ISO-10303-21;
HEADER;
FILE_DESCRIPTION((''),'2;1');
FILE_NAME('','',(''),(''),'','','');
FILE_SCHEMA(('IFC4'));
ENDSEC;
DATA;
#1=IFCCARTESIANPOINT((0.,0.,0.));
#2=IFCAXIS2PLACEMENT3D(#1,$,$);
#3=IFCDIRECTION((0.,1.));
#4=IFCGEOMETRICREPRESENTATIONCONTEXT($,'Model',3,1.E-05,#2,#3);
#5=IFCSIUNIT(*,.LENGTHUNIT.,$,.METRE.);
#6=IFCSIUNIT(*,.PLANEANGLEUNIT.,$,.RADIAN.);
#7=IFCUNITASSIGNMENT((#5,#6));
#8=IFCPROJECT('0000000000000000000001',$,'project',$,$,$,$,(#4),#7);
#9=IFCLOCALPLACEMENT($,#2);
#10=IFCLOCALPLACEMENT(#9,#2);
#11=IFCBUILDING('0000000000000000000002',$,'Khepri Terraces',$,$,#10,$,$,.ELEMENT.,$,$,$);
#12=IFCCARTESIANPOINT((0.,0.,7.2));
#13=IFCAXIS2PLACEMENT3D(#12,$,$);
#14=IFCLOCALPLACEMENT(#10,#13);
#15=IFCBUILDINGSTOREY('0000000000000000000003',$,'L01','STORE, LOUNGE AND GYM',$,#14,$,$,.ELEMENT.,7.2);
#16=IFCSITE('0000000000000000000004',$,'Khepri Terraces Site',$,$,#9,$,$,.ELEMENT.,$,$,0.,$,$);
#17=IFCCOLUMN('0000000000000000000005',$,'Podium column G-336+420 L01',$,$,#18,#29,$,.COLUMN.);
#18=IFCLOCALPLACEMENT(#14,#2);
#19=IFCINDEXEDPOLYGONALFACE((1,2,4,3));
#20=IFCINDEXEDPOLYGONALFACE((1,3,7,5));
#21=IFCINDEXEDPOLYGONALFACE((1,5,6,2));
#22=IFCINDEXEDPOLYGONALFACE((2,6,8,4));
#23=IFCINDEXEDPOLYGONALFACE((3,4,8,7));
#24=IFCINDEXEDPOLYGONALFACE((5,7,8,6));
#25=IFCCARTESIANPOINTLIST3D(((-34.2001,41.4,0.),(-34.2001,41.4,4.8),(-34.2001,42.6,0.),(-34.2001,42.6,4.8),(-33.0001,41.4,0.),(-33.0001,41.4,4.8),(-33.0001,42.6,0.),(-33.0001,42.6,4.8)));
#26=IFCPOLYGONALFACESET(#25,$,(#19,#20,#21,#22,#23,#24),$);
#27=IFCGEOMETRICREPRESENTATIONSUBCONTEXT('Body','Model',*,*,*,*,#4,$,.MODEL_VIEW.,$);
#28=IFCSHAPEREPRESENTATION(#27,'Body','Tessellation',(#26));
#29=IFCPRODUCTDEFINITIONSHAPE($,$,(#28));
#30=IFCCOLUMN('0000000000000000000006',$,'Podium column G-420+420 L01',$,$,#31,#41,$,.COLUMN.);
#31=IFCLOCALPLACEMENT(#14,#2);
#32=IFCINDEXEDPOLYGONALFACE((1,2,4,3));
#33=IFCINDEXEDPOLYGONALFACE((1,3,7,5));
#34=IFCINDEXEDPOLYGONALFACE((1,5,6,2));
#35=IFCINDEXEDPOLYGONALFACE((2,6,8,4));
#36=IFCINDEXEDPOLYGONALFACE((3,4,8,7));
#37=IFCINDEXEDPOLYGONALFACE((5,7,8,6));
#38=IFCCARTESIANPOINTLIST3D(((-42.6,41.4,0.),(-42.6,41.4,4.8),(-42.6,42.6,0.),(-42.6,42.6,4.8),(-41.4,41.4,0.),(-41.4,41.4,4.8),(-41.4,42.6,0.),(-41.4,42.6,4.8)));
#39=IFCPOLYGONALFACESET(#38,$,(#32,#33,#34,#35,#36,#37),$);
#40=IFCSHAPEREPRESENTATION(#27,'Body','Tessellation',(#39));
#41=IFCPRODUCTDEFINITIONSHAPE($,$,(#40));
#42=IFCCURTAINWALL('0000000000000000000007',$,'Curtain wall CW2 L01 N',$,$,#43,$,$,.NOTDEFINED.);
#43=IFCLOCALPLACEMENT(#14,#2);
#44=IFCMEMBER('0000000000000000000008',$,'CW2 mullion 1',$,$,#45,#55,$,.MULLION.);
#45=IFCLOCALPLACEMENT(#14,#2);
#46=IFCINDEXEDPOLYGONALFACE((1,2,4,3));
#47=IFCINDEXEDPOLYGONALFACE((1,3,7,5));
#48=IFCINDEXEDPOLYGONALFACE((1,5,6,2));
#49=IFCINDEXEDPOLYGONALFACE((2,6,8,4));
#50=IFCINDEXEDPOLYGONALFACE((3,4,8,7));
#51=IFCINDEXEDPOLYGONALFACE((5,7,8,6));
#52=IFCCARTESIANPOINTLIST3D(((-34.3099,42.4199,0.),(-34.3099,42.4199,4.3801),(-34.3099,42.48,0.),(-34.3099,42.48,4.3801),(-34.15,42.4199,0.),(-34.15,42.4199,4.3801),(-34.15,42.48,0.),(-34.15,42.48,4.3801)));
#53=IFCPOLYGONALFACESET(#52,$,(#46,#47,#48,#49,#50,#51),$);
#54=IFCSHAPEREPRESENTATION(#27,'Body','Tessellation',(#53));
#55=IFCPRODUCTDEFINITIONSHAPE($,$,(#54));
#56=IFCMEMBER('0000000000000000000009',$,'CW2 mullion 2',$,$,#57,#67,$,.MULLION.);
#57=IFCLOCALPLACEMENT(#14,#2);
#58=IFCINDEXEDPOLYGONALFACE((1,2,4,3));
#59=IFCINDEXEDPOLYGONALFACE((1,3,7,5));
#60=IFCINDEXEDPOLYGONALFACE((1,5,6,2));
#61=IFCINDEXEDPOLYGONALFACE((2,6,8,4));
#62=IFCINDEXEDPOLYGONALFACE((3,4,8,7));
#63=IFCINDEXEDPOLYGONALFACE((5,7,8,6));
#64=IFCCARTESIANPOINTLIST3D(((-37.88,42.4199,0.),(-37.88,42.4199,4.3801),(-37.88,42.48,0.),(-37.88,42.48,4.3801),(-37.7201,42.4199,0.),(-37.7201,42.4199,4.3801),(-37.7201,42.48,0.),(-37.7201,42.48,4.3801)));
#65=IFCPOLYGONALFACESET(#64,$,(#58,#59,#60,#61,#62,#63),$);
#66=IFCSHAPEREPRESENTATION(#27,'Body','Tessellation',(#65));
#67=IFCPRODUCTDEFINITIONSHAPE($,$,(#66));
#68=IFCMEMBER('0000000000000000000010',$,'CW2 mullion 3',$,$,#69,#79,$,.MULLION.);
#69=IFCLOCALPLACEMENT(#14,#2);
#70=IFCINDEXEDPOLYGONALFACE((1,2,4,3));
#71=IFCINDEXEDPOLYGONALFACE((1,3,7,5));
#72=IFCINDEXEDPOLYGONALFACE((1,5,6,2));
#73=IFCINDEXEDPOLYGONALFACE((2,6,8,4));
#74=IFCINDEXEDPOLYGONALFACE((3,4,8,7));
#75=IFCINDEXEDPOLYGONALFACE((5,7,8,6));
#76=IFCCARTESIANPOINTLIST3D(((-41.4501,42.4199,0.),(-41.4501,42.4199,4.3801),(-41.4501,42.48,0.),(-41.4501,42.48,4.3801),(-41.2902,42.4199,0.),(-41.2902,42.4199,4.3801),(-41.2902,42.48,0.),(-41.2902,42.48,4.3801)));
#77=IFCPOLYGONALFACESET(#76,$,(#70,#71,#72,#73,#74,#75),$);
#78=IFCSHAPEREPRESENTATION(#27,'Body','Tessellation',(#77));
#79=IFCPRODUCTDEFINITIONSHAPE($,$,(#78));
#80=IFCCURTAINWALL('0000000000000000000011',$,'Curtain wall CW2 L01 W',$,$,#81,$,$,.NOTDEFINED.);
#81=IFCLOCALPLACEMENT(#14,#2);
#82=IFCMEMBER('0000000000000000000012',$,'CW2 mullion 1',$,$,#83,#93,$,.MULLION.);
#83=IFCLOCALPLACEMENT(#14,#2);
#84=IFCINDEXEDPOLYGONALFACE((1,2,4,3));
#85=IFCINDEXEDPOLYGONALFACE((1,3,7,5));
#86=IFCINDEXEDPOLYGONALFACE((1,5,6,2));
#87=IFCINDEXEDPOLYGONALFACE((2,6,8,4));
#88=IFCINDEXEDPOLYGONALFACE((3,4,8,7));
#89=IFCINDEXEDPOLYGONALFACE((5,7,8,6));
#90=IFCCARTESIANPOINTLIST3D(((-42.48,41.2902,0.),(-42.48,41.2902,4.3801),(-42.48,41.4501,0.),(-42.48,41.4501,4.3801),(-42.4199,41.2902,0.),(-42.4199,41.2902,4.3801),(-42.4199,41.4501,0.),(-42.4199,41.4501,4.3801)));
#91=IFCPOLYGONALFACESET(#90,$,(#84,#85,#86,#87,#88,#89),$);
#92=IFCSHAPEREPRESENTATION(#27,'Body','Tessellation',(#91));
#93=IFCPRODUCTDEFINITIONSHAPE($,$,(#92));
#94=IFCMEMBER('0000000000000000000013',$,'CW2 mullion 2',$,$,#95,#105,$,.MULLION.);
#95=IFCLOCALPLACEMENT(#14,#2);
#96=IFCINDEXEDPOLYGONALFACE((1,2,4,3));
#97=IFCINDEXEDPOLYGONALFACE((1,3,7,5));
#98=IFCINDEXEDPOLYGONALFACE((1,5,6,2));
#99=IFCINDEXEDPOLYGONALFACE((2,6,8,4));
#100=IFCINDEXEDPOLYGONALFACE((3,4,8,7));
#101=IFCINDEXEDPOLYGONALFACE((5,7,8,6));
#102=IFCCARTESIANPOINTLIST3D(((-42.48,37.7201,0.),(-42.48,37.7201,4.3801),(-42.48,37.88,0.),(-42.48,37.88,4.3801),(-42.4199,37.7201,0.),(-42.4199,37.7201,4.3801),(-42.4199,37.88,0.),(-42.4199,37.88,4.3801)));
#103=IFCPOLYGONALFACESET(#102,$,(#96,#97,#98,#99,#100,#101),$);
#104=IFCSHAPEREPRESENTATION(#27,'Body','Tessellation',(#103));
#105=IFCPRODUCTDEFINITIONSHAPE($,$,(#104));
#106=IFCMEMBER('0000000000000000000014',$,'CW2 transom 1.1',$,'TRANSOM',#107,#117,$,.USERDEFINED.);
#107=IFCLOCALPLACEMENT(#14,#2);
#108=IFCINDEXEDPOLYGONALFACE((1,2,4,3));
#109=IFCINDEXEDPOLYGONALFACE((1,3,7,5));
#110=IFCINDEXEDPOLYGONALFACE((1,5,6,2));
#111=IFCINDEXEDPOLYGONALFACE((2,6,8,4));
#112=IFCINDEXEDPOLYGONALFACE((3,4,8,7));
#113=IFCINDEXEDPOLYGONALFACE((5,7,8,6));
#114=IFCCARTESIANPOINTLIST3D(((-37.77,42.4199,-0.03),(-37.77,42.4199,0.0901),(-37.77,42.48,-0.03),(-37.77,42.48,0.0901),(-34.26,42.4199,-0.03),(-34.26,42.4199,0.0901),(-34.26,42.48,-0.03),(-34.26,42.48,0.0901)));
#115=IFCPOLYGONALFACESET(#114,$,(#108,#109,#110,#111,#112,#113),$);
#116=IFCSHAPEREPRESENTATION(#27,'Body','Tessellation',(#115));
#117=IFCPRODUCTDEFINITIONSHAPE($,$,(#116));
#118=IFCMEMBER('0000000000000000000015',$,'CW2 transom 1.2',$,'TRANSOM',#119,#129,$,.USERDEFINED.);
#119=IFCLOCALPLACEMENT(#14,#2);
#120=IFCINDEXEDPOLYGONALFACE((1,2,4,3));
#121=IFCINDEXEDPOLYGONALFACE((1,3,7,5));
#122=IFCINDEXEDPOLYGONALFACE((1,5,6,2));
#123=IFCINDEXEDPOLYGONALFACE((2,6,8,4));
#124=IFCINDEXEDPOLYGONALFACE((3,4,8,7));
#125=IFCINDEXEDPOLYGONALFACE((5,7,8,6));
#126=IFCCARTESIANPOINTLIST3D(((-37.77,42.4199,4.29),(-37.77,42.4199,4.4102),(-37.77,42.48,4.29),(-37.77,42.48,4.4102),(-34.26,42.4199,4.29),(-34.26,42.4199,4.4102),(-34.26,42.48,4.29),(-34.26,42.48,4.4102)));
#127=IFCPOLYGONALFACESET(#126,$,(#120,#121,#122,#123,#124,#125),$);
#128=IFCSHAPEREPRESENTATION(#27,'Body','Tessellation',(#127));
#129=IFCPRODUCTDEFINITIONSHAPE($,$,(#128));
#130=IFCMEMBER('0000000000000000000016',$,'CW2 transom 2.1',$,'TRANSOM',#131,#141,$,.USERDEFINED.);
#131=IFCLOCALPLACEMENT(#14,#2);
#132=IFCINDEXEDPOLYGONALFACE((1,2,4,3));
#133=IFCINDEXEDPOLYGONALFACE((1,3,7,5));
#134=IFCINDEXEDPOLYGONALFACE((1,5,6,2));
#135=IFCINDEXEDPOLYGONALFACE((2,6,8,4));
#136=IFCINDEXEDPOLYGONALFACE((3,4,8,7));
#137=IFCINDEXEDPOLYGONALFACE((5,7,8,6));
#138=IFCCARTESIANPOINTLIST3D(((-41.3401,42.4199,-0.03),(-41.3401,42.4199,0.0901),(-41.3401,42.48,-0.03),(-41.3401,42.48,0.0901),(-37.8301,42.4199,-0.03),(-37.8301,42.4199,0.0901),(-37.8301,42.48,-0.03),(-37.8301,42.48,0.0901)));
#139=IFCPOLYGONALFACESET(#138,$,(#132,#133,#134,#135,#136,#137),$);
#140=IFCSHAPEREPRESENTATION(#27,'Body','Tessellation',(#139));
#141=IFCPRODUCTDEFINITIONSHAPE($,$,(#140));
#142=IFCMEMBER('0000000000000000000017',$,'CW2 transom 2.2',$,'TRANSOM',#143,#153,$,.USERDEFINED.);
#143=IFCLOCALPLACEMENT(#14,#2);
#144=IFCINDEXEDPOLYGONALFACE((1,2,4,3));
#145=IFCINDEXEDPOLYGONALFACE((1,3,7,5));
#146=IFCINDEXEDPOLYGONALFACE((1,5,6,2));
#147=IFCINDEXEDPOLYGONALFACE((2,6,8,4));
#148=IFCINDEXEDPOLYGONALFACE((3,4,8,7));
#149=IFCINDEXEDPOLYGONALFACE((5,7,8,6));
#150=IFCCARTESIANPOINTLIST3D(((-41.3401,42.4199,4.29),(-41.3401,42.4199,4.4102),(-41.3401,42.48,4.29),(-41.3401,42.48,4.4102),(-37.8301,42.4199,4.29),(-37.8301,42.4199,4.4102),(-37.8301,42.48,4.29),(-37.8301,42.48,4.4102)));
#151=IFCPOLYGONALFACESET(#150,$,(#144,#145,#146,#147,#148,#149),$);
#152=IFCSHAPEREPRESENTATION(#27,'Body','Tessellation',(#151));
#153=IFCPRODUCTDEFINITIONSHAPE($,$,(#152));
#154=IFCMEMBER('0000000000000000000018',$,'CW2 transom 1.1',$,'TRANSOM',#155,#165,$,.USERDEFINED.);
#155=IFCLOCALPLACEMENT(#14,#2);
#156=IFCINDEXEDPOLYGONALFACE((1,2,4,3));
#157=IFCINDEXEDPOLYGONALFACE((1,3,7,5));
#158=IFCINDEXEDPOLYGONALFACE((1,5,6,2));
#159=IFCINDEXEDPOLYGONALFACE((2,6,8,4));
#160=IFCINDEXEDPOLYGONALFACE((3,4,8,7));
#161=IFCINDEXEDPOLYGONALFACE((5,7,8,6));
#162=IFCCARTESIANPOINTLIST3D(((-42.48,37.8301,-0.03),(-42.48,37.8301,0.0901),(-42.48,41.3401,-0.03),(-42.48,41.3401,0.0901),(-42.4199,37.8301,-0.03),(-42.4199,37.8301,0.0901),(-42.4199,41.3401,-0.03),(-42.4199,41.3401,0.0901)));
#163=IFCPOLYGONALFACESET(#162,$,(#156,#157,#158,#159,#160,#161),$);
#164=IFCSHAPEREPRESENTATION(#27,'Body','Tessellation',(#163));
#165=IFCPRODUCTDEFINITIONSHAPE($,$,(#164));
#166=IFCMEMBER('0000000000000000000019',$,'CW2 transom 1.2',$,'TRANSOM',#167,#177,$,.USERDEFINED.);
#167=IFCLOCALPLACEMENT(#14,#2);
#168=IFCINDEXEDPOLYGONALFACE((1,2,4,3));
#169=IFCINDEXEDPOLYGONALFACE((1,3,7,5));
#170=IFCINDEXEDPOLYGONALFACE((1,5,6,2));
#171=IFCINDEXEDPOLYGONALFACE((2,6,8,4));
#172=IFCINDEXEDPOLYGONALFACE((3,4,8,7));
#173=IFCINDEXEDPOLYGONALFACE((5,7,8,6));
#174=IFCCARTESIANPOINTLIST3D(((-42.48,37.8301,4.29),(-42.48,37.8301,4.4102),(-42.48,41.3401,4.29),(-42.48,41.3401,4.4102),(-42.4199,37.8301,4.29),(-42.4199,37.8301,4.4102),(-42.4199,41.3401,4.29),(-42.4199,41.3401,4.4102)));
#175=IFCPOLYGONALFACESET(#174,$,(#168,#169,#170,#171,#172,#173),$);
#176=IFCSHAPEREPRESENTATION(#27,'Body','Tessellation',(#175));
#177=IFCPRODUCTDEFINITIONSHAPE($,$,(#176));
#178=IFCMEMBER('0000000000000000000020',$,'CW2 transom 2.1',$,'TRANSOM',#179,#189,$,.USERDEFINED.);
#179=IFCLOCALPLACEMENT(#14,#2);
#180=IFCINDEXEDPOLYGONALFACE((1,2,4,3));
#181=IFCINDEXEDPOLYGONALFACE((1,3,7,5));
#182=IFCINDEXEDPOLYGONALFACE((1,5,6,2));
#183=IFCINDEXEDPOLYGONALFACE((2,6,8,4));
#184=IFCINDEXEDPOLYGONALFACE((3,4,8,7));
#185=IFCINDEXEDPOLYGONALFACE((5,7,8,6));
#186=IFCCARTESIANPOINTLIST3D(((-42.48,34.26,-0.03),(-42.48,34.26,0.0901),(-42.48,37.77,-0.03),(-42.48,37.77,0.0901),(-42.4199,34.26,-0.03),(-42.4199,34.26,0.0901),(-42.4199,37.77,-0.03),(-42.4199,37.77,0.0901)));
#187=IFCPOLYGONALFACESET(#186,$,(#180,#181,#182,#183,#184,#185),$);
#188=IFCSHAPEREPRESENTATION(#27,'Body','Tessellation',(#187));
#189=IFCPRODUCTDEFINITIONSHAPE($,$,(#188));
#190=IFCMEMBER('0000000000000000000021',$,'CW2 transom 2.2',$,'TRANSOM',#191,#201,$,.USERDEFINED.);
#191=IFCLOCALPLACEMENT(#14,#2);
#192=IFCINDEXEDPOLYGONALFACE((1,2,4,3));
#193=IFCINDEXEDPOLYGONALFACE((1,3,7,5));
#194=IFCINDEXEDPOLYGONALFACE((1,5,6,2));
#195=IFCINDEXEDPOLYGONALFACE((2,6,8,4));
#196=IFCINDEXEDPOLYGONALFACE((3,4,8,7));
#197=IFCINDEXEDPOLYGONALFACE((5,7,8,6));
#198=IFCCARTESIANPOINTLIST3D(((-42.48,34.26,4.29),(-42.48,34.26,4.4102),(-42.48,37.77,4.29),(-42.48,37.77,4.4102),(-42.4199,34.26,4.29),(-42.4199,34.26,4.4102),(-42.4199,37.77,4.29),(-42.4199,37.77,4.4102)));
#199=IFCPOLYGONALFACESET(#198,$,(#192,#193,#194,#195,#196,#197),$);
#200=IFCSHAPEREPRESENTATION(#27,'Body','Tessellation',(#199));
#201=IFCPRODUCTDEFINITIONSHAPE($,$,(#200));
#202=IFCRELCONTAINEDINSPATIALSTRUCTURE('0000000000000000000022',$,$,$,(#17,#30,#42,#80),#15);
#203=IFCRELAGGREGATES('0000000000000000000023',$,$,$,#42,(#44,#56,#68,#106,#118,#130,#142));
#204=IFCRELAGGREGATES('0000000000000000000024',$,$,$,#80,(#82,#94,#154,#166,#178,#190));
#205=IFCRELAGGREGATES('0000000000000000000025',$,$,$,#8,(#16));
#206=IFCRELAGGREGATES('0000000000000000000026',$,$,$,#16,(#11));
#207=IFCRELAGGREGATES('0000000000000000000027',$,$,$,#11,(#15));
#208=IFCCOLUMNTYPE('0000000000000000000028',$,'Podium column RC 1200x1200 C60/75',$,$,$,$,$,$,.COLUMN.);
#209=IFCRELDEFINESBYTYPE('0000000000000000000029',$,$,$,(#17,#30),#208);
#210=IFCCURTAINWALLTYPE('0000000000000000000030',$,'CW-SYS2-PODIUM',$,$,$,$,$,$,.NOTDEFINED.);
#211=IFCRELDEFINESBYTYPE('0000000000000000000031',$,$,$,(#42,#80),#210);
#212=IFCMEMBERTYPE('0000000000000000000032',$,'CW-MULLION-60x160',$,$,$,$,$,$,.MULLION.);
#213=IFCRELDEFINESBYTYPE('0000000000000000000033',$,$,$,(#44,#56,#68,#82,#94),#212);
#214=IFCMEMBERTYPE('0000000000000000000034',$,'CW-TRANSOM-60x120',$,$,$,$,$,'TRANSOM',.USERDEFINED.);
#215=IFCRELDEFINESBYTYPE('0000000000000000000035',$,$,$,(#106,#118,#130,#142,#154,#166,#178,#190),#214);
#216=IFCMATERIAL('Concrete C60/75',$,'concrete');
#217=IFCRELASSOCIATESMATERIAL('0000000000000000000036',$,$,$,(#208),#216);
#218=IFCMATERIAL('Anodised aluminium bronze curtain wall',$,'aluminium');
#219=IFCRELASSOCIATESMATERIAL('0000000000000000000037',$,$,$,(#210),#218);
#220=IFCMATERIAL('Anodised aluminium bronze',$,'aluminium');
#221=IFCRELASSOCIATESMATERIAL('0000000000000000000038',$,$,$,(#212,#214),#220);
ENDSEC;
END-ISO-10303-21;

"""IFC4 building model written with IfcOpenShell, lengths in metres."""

from ifc_helpers import new_model, si_unit, direction, frame, origin, origin_2d, place, context, subcontext, project, spatial, rectangle, extrude, material, material_profile, profile_set, type_object, element, aggregate, save


model = new_model("IFC4")

# Units and contexts
model_context = context("Model", 3, precision=1e-05, world=origin(), true_north=direction((0.0, 1.0)))
body_context = subcontext(model_context, "Body", "Model", "MODEL_VIEW")
ifc_project = project(units=[si_unit("LENGTHUNIT", "METRE"), si_unit("PLANEANGLEUNIT", "RADIAN")], contexts=[model_context])

# Site, building, storey
site_placement = place(None, origin())
site = spatial("IfcSite", under=ifc_project, at=site_placement, Name="Khepri Terraces Site", CompositionType="ELEMENT", RefElevation=0.0)
building_placement = place(site_placement, origin())
building = spatial("IfcBuilding", under=site, at=building_placement, Name="Khepri Terraces", CompositionType="ELEMENT")
storey_placement = place(building_placement, frame((0.0, 0.0, 7.2)))
storey = spatial("IfcBuildingStorey", under=building, at=storey_placement, Name="L01", Description="STORE, LOUNGE AND GYM", CompositionType="ELEMENT", Elevation=7.2)

# Columns
ifc_material_1 = material(Name="Concrete C60/75", Category="concrete")
ifc_material_profile_1 = material_profile(ifc_material_1, rectangle(XDim=1.2, YDim=1.2, at=origin_2d()), Name="Concrete C60/75", Category="concrete")
ifc_profile_set_1 = profile_set([ifc_material_profile_1], Name="Concrete C60/75")
column_type = type_object("IfcColumnType", Name="Podium column RC 1200x1200 C60/75", PredefinedType="COLUMN", material=ifc_profile_set_1)
for number, where, z_axis, x_axis, name in (
    (1, (-33.6001, 42.0, 0.0), (0.0, 0.0, 1.0), (1.0, 0.0, 0.0), "Podium column G-336+420 L01"),
    (2, (-42.0, 42.0, 0.0), (0.0, 0.0, 1.0), (1.0, 0.0, 0.0), "Podium column G-420+420 L01"),
):
    element("IfcColumn", number, at=place(storey_placement, frame(where, z_axis=z_axis, x_axis=x_axis)), inside=storey, type_object=column_type, Name=name, PredefinedType="COLUMN", context=body_context, shape_type="SweptSolid", body=[
        extrude(rectangle(XDim=1.2, YDim=1.2, at=origin_2d()), origin(), (0.0, 0.0, 1.0), 4.8),
    ])

# Curtain walls, members
ifc_material_2 = material(Name="Anodised aluminium bronze curtain wall", Category="aluminium")
curtain_wall_type = type_object("IfcCurtainWallType", Name="CW-SYS2-PODIUM", PredefinedType="NOTDEFINED", material=ifc_material_2)
curtain_wall_1_placement = place(storey_placement, origin())
curtain_wall_1 = element("IfcCurtainWall", 3, at=curtain_wall_1_placement, inside=storey, type_object=curtain_wall_type, Name="Curtain wall CW2 L01 N", PredefinedType="NOTDEFINED")
ifc_material_3 = material(Name="Anodised aluminium bronze", Category="aluminium")
ifc_material_profile_2 = material_profile(ifc_material_3, rectangle(XDim=0.0601, YDim=0.1599, at=origin_2d()), Name="Anodised aluminium bronze", Category="aluminium")
ifc_profile_set_2 = profile_set([ifc_material_profile_2], Name="Anodised aluminium bronze")
member_type_1 = type_object("IfcMemberType", Name="CW-MULLION-60x160", PredefinedType="MULLION", material=ifc_profile_set_2)
member_1_placement = place(storey_placement, frame((-34.23, 42.45, 0.0), z_axis=(0.0, 0.0, 1.0), x_axis=(0.0, -1.0, 0.0)))
member_1 = element("IfcMember", 4, at=member_1_placement, type_object=member_type_1, Name="CW2 mullion 1", PredefinedType="MULLION", context=body_context, shape_type="SweptSolid", body=[
    extrude(rectangle(XDim=0.0601, YDim=0.1599, at=origin_2d()), origin(), (0.0, 0.0, 1.0), 4.3801),
])
member_2_placement = place(storey_placement, frame((-37.8, 42.45, 0.0), z_axis=(0.0, 0.0, 1.0), x_axis=(0.0, -1.0, 0.0)))
member_2 = element("IfcMember", 5, at=member_2_placement, type_object=member_type_1, Name="CW2 mullion 2", PredefinedType="MULLION", context=body_context, shape_type="SweptSolid", body=[
    extrude(rectangle(XDim=0.0601, YDim=0.1599, at=origin_2d()), origin(), (0.0, 0.0, 1.0), 4.3801),
])
member_3_placement = place(storey_placement, frame((-41.3701, 42.45, 0.0), z_axis=(0.0, 0.0, 1.0), x_axis=(0.0, -1.0, 0.0)))
member_3 = element("IfcMember", 6, at=member_3_placement, type_object=member_type_1, Name="CW2 mullion 3", PredefinedType="MULLION", context=body_context, shape_type="SweptSolid", body=[
    extrude(rectangle(XDim=0.0601, YDim=0.1599, at=origin_2d()), origin(), (0.0, 0.0, 1.0), 4.3801),
])
curtain_wall_2_placement = place(storey_placement, origin())
curtain_wall_2 = element("IfcCurtainWall", 7, at=curtain_wall_2_placement, inside=storey, type_object=curtain_wall_type, Name="Curtain wall CW2 L01 W", PredefinedType="NOTDEFINED")
member_4_placement = place(storey_placement, frame((-42.45, 41.3701, 0.0), z_axis=(0.0, 0.0, 1.0), x_axis=(1.0, 0.0, 0.0)))
member_4 = element("IfcMember", 8, at=member_4_placement, type_object=member_type_1, Name="CW2 mullion 1", PredefinedType="MULLION", context=body_context, shape_type="SweptSolid", body=[
    extrude(rectangle(XDim=0.0601, YDim=0.1599, at=origin_2d()), origin(), (0.0, 0.0, 1.0), 4.3801),
])
member_5_placement = place(storey_placement, frame((-42.45, 37.8, 0.0), z_axis=(0.0, 0.0, 1.0), x_axis=(1.0, 0.0, 0.0)))
member_5 = element("IfcMember", 9, at=member_5_placement, type_object=member_type_1, Name="CW2 mullion 2", PredefinedType="MULLION", context=body_context, shape_type="SweptSolid", body=[
    extrude(rectangle(XDim=0.0601, YDim=0.1599, at=origin_2d()), origin(), (0.0, 0.0, 1.0), 4.3801),
])

# Members
ifc_material_profile_3 = material_profile(ifc_material_3, rectangle(XDim=0.0601, YDim=0.1201, at=origin_2d()), Name="Anodised aluminium bronze", Category="aluminium")
ifc_profile_set_3 = profile_set([ifc_material_profile_3], Name="Anodised aluminium bronze")
member_type_2 = type_object("IfcMemberType", Name="CW-TRANSOM-60x120", ElementType="TRANSOM", PredefinedType="USERDEFINED", material=ifc_profile_set_3)
member_6_placement = place(storey_placement, frame((-34.26, 42.45, 0.03), z_axis=(-1.0, 0.0, 0.0), x_axis=(0.0, -1.0, 0.0)))
member_6 = element("IfcMember", 10, at=member_6_placement, type_object=member_type_2, Name="CW2 transom 1.1", ObjectType="TRANSOM", PredefinedType="USERDEFINED", context=body_context, shape_type="SweptSolid", body=[
    extrude(rectangle(XDim=0.0601, YDim=0.1201, at=origin_2d()), origin(), (0.0, 0.0, 1.0), 3.51),
])
member_7_placement = place(storey_placement, frame((-34.26, 42.45, 4.3501), z_axis=(-1.0, 0.0, 0.0), x_axis=(0.0, -1.0, 0.0)))
member_7 = element("IfcMember", 11, at=member_7_placement, type_object=member_type_2, Name="CW2 transom 1.2", ObjectType="TRANSOM", PredefinedType="USERDEFINED", context=body_context, shape_type="SweptSolid", body=[
    extrude(rectangle(XDim=0.0601, YDim=0.1201, at=origin_2d()), origin(), (0.0, 0.0, 1.0), 3.51),
])
member_8_placement = place(storey_placement, frame((-37.8301, 42.45, 0.03), z_axis=(-1.0, 0.0, 0.0), x_axis=(0.0, -1.0, 0.0)))
member_8 = element("IfcMember", 12, at=member_8_placement, type_object=member_type_2, Name="CW2 transom 2.1", ObjectType="TRANSOM", PredefinedType="USERDEFINED", context=body_context, shape_type="SweptSolid", body=[
    extrude(rectangle(XDim=0.0601, YDim=0.1201, at=origin_2d()), origin(), (0.0, 0.0, 1.0), 3.51),
])
member_9_placement = place(storey_placement, frame((-37.8301, 42.45, 4.3501), z_axis=(-1.0, 0.0, 0.0), x_axis=(0.0, -1.0, 0.0)))
member_9 = element("IfcMember", 13, at=member_9_placement, type_object=member_type_2, Name="CW2 transom 2.2", ObjectType="TRANSOM", PredefinedType="USERDEFINED", context=body_context, shape_type="SweptSolid", body=[
    extrude(rectangle(XDim=0.0601, YDim=0.1201, at=origin_2d()), origin(), (0.0, 0.0, 1.0), 3.51),
])
member_10_placement = place(storey_placement, frame((-42.45, 41.3401, 0.03), z_axis=(0.0, -1.0, 0.0), x_axis=(1.0, 0.0, 0.0)))
member_10 = element("IfcMember", 14, at=member_10_placement, type_object=member_type_2, Name="CW2 transom 1.1", ObjectType="TRANSOM", PredefinedType="USERDEFINED", context=body_context, shape_type="SweptSolid", body=[
    extrude(rectangle(XDim=0.0601, YDim=0.1201, at=origin_2d()), origin(), (0.0, 0.0, 1.0), 3.51),
])
member_11_placement = place(storey_placement, frame((-42.45, 41.3401, 4.3501), z_axis=(0.0, -1.0, 0.0), x_axis=(1.0, 0.0, 0.0)))
member_11 = element("IfcMember", 15, at=member_11_placement, type_object=member_type_2, Name="CW2 transom 1.2", ObjectType="TRANSOM", PredefinedType="USERDEFINED", context=body_context, shape_type="SweptSolid", body=[
    extrude(rectangle(XDim=0.0601, YDim=0.1201, at=origin_2d()), origin(), (0.0, 0.0, 1.0), 3.51),
])
member_12_placement = place(storey_placement, frame((-42.45, 37.77, 0.03), z_axis=(0.0, -1.0, 0.0), x_axis=(1.0, 0.0, 0.0)))
member_12 = element("IfcMember", 16, at=member_12_placement, type_object=member_type_2, Name="CW2 transom 2.1", ObjectType="TRANSOM", PredefinedType="USERDEFINED", context=body_context, shape_type="SweptSolid", body=[
    extrude(rectangle(XDim=0.0601, YDim=0.1201, at=origin_2d()), origin(), (0.0, 0.0, 1.0), 3.51),
])
member_13_placement = place(storey_placement, frame((-42.45, 37.77, 4.3501), z_axis=(0.0, -1.0, 0.0), x_axis=(1.0, 0.0, 0.0)))
member_13 = element("IfcMember", 17, at=member_13_placement, type_object=member_type_2, Name="CW2 transom 2.2", ObjectType="TRANSOM", PredefinedType="USERDEFINED", context=body_context, shape_type="SweptSolid", body=[
    extrude(rectangle(XDim=0.0601, YDim=0.1201, at=origin_2d()), origin(), (0.0, 0.0, 1.0), 3.51),
])

aggregate(curtain_wall_1, [member_1, member_2, member_3, member_6, member_7, member_8, member_9])
aggregate(curtain_wall_2, [member_4, member_5, member_10, member_11, member_12, member_13])

save(model, "model.ifc")
